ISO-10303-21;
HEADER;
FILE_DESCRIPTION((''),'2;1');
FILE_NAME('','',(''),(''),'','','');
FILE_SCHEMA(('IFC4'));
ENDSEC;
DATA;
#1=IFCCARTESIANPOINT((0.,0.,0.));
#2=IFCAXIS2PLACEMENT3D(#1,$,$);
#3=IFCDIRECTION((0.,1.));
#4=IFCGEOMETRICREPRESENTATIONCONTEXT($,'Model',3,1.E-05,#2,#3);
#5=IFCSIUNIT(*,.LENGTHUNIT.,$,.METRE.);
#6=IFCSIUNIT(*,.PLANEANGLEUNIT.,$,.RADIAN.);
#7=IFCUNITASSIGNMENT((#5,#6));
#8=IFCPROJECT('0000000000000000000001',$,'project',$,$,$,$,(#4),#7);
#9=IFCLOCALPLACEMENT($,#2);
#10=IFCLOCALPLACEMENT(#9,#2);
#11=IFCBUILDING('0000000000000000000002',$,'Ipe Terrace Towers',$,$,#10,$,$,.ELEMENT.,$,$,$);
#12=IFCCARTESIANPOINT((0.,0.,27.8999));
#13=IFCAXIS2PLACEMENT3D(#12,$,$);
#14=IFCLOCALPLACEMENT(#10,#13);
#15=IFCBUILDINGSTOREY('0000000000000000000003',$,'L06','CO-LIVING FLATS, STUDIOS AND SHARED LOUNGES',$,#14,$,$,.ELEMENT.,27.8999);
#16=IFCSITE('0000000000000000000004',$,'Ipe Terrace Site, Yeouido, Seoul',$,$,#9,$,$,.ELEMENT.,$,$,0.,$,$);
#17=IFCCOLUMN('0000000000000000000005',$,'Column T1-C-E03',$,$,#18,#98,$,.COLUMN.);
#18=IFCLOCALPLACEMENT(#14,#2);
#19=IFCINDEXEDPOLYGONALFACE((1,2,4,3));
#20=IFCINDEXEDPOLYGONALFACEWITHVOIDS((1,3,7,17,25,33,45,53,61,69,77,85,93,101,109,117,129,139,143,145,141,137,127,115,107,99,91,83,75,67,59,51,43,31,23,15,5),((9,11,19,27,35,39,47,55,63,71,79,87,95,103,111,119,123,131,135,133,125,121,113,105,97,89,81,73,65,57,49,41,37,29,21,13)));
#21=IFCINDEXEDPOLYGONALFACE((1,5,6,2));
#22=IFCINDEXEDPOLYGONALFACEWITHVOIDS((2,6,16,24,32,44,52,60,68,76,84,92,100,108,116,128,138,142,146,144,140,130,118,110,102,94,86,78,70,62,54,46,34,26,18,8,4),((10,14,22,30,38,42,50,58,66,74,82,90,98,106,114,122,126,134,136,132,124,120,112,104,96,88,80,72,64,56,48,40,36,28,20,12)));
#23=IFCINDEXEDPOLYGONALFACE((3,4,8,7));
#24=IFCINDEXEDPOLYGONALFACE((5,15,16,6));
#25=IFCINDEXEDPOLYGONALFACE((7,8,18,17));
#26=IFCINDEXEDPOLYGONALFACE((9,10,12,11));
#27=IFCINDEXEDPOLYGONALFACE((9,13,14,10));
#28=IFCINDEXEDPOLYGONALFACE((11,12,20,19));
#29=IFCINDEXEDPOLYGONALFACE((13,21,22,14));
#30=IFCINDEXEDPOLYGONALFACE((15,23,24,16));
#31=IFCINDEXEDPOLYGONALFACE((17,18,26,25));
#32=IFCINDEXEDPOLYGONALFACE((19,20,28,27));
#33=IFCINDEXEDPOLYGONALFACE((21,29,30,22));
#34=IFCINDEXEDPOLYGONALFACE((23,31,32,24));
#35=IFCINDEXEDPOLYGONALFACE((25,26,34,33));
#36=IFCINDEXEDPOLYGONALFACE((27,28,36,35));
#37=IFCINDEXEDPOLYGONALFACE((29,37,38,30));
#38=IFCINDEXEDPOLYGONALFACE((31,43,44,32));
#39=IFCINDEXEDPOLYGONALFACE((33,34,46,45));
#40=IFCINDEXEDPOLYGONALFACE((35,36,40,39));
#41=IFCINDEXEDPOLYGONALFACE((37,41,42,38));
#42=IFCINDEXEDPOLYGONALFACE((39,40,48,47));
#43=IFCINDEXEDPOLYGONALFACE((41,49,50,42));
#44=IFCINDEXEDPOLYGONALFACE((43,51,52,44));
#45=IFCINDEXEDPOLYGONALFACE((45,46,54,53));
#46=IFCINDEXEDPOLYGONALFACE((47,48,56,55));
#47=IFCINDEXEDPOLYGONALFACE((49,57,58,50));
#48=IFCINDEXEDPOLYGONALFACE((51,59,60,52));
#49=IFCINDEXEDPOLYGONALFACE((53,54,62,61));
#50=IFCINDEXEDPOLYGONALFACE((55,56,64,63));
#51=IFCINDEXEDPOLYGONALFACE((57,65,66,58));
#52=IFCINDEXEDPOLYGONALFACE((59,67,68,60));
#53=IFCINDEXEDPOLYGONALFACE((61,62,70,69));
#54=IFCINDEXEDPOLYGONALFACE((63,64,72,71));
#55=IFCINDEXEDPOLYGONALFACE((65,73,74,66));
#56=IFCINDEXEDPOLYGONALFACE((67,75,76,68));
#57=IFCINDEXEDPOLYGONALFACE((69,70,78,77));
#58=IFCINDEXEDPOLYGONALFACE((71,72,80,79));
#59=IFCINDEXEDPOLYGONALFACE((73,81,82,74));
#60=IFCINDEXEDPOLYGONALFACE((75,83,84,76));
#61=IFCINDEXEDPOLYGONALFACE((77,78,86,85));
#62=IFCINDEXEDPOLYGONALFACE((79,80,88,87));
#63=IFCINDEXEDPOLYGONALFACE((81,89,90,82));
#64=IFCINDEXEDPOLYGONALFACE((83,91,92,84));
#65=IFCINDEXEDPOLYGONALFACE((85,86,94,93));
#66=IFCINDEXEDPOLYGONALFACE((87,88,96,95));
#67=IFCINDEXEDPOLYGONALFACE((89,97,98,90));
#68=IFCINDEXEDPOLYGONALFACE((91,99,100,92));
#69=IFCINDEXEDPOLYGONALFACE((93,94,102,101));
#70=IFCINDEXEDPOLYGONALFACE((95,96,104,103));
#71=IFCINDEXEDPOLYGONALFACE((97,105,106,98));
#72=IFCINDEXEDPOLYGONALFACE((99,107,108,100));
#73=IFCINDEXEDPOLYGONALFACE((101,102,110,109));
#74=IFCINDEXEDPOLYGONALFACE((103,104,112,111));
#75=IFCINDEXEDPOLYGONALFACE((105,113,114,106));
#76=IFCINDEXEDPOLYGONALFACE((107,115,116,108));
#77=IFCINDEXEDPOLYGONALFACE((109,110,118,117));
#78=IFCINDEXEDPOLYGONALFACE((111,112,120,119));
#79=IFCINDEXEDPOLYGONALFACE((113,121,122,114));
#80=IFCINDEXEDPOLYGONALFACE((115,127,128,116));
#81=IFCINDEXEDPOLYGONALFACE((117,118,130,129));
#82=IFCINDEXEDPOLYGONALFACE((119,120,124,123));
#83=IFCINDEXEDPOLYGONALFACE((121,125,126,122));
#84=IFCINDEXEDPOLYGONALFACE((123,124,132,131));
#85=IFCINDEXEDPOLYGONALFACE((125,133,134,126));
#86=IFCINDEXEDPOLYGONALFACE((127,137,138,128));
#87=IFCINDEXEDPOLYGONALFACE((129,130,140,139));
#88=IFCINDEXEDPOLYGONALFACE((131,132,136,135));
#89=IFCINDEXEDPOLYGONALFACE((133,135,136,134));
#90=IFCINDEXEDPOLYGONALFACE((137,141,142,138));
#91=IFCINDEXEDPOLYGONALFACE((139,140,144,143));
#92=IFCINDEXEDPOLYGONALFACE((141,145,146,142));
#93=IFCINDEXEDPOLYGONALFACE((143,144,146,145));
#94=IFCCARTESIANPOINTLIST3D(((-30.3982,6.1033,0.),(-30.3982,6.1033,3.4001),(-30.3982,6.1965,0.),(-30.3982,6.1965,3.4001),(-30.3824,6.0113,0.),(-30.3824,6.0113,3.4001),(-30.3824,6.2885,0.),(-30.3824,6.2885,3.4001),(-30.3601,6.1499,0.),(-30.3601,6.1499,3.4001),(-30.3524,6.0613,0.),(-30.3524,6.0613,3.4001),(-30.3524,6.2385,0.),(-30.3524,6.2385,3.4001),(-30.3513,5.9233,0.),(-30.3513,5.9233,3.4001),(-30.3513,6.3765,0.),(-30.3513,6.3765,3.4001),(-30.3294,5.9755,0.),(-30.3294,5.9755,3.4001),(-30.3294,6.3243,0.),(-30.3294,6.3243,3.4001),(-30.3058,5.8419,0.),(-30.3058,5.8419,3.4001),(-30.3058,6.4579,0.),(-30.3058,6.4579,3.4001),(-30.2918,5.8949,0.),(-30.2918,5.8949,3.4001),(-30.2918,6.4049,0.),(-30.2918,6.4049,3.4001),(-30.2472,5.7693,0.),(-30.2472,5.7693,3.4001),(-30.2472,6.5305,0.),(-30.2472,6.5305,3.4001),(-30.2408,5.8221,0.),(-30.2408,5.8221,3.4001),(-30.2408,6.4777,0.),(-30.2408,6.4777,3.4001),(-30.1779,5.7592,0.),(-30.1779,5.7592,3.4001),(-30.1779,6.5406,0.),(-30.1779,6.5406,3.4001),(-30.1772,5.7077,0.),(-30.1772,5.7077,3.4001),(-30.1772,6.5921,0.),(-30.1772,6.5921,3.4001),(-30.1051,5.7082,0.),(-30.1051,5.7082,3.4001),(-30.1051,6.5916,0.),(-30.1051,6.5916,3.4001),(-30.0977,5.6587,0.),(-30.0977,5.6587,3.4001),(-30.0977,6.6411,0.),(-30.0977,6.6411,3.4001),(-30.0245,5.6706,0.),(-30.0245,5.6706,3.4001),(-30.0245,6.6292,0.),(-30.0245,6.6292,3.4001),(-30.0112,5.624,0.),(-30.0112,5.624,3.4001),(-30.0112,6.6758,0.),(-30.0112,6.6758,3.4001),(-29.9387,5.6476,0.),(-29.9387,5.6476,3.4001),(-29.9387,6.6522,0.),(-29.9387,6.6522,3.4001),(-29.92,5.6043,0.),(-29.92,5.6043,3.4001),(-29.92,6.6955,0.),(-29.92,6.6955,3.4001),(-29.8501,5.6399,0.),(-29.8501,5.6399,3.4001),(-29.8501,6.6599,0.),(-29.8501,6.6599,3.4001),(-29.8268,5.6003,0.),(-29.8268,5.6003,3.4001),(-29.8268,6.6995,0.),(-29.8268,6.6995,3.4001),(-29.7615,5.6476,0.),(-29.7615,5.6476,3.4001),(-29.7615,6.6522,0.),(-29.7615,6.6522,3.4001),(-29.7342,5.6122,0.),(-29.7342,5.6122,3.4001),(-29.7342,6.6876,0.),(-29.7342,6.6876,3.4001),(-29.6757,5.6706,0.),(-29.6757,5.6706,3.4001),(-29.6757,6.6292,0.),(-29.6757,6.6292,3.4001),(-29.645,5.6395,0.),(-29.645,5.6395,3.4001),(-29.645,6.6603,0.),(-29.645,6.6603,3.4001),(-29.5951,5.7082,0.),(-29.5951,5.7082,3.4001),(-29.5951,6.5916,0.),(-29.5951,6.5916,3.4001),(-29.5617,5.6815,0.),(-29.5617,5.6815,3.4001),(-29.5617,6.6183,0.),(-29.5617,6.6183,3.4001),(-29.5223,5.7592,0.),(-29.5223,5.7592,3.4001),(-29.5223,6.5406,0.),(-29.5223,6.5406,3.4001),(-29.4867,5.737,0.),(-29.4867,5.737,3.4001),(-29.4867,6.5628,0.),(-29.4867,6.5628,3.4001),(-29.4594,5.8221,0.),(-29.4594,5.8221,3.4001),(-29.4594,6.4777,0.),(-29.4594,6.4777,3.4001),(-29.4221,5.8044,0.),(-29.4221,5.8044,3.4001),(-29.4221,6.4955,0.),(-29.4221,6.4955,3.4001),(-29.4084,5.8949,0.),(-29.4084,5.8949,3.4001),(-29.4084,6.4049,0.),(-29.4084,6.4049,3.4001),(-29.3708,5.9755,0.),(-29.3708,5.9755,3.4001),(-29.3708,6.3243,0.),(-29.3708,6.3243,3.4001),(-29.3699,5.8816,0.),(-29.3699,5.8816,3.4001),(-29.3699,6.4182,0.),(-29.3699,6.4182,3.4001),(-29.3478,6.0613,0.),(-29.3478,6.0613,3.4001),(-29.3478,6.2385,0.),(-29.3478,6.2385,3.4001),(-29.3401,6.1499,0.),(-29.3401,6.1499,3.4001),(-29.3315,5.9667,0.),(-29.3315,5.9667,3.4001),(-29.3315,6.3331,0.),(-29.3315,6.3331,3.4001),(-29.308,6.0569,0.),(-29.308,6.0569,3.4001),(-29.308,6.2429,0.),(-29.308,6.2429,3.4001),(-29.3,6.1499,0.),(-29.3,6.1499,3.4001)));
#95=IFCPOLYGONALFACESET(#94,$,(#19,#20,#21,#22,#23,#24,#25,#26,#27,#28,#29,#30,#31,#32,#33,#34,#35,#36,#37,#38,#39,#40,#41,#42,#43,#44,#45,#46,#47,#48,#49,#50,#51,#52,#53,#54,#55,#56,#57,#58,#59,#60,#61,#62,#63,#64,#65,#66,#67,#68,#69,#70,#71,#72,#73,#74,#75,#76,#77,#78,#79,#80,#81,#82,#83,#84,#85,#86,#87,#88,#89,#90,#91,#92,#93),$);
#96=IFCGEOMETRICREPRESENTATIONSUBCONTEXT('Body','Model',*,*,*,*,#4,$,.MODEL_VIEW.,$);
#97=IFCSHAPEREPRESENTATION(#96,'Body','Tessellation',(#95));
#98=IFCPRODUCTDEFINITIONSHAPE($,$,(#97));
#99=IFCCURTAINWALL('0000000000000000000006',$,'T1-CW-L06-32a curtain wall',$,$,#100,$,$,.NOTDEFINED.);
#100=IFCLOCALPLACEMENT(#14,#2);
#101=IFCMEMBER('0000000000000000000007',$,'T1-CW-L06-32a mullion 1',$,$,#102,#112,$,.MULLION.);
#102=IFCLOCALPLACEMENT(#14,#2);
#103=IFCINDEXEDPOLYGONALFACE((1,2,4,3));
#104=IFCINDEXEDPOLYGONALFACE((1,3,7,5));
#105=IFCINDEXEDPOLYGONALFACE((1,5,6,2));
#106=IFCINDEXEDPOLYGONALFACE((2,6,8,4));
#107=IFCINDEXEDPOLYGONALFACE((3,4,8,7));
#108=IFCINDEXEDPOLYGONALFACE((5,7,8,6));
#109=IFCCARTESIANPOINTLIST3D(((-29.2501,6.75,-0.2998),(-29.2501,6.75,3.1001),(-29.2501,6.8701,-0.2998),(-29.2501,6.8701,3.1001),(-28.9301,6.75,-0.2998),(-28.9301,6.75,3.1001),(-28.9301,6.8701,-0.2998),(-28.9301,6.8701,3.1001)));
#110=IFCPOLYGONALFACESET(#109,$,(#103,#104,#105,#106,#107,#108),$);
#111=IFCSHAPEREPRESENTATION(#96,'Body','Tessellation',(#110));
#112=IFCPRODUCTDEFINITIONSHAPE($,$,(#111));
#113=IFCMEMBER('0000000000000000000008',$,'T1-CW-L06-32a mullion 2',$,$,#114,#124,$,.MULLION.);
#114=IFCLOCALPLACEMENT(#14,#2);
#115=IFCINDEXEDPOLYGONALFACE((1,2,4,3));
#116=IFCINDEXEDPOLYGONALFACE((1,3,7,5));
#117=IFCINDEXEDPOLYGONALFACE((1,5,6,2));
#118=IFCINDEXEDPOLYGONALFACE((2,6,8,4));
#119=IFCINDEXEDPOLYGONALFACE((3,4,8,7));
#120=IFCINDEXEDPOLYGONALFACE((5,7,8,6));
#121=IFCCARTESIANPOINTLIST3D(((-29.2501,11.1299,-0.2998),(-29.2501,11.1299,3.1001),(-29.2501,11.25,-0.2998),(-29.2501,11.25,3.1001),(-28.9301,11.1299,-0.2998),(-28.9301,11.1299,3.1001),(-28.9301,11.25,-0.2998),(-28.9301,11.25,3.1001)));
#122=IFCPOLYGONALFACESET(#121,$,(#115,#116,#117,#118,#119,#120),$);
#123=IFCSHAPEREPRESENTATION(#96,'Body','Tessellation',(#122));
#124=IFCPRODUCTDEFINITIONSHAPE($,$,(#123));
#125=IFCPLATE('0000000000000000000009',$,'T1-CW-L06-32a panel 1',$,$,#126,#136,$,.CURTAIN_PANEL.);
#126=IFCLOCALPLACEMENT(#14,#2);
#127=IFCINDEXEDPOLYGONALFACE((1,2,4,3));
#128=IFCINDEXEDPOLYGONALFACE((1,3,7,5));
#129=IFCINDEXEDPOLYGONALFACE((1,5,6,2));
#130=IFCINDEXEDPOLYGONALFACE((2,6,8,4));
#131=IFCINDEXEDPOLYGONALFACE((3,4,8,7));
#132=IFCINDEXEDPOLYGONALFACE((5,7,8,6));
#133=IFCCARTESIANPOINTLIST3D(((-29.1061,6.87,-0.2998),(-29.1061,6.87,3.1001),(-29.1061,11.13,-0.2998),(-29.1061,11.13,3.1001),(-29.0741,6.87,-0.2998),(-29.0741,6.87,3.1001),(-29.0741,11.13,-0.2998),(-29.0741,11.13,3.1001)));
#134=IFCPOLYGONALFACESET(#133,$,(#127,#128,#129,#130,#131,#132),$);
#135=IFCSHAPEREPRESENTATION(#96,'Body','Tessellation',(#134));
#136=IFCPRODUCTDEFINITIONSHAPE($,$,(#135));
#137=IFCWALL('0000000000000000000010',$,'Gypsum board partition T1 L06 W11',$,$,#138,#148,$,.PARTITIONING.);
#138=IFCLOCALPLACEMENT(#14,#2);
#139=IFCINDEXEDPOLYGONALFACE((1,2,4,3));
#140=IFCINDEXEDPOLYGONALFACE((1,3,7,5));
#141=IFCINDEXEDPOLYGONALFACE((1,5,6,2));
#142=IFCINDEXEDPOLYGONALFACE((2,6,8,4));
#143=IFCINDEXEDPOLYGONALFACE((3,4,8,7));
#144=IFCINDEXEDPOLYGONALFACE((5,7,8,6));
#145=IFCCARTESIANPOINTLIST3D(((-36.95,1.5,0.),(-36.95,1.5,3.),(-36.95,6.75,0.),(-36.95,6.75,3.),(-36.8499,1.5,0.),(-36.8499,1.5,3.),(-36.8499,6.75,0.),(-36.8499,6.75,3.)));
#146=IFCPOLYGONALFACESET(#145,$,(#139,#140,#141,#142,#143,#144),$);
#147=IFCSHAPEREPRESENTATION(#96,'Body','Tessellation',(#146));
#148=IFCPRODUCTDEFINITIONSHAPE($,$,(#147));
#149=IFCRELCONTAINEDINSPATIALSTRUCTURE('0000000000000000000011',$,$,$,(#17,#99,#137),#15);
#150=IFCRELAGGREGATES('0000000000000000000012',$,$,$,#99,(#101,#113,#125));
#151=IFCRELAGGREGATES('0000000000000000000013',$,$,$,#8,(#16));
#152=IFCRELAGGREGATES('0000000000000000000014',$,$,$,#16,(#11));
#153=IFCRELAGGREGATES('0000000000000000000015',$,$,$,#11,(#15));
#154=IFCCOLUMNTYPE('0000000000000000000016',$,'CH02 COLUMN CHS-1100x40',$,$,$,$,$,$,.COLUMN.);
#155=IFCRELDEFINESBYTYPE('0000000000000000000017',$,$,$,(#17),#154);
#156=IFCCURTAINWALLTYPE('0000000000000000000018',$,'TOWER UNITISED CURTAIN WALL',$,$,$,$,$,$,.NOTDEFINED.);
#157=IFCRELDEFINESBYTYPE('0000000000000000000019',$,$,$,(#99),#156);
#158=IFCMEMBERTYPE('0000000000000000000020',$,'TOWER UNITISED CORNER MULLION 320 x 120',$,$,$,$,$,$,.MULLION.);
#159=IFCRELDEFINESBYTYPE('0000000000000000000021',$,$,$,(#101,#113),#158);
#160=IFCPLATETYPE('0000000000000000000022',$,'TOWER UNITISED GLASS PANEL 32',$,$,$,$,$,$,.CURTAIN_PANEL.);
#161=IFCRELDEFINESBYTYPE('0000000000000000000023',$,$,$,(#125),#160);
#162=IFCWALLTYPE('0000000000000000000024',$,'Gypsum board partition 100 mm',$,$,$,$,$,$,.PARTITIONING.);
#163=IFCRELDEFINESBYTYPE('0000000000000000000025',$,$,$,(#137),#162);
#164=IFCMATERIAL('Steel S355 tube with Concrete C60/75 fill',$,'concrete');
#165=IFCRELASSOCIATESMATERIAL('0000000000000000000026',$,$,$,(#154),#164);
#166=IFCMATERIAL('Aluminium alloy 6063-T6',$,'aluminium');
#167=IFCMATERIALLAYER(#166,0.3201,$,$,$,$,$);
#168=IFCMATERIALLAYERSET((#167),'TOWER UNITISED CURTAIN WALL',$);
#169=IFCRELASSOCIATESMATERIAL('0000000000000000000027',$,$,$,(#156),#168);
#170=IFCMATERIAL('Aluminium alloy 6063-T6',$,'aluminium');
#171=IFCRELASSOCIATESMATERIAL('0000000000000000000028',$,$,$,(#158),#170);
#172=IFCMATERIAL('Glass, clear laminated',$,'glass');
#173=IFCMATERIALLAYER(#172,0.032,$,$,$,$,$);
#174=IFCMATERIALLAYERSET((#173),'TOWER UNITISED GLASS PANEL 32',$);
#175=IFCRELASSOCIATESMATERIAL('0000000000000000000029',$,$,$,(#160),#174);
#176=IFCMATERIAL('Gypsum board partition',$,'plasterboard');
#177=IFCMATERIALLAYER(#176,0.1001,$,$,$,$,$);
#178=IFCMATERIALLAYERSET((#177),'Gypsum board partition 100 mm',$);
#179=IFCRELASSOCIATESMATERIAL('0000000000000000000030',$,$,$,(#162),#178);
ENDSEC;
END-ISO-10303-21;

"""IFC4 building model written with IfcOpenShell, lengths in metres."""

from ifc_helpers import new_model, si_unit, direction, frame, frame_2d, origin, origin_2d, place, context, subcontext, project, spatial, rectangle, hollow_circle, extrude, material, layer, layer_set, material_profile, profile_set, type_object, element, aggregate, save


model = new_model("IFC4")

# Units and contexts
model_context = context("Model", 3, precision=1e-05, world=origin(), true_north=direction((0.0, 1.0)))
body_context = subcontext(model_context, "Body", "Model", "MODEL_VIEW")
ifc_project = project(units=[si_unit("LENGTHUNIT", "METRE"), si_unit("PLANEANGLEUNIT", "RADIAN")], contexts=[model_context])

# Site, building, storey
site_placement = place(None, origin())
site = spatial("IfcSite", under=ifc_project, at=site_placement, Name="Ipe Terrace Site, Yeouido, Seoul", CompositionType="ELEMENT", RefElevation=0.0)
building_placement = place(site_placement, origin())
building = spatial("IfcBuilding", under=site, at=building_placement, Name="Ipe Terrace Towers", CompositionType="ELEMENT")
storey_placement = place(building_placement, frame((0.0, 0.0, 27.8999)))
storey = spatial("IfcBuildingStorey", under=building, at=storey_placement, Name="L06", Description="CO-LIVING FLATS, STUDIOS AND SHARED LOUNGES", CompositionType="ELEMENT", Elevation=27.8999)

# Column
ifc_material_1 = material(Name="Steel S355 tube with Concrete C60/75 fill", Category="concrete")
ifc_material_profile_1 = material_profile(ifc_material_1, hollow_circle(Radius=0.55, WallThickness=0.04, at=origin_2d()), Name="CHS-1100x40")
ifc_profile_set_1 = profile_set([ifc_material_profile_1], Name="Steel S355 tube with Concrete C60/75 fill")
column_type = type_object("IfcColumnType", Name="CH02 COLUMN CHS-1100x40", PredefinedType="COLUMN", material=ifc_profile_set_1)
column_placement = place(storey_placement, frame((-29.8501, 6.1499, 0.0), z_axis=(0.0, 0.0, 1.0), x_axis=(1.0, 0.0, 0.0)))
element("IfcColumn", 1, at=column_placement, inside=storey, type_object=column_type, Name="Column T1-C-E03", PredefinedType="COLUMN", context=body_context, shape_type="SweptSolid", body=[
    extrude(hollow_circle(Radius=0.55, WallThickness=0.04, at=origin_2d()), origin(), (0.0, 0.0, 1.0), 3.4001),
])

# Curtain wall, members, plate
ifc_material_2 = material(Name="Aluminium alloy 6063-T6", Category="aluminium")
ifc_layer_1 = layer(ifc_material_2, 0.3201)
ifc_layer_set_1 = layer_set([ifc_layer_1], Name="TOWER UNITISED CURTAIN WALL")
curtain_wall_type = type_object("IfcCurtainWallType", Name="TOWER UNITISED CURTAIN WALL", PredefinedType="NOTDEFINED", material=ifc_layer_set_1)
curtain_wall_placement = place(storey_placement, origin())
curtain_wall = element("IfcCurtainWall", 2, at=curtain_wall_placement, inside=storey, type_object=curtain_wall_type, Name="T1-CW-L06-32a curtain wall", PredefinedType="NOTDEFINED")
ifc_material_3 = material(Name="Aluminium alloy 6063-T6", Category="aluminium")
ifc_material_profile_2 = material_profile(ifc_material_3, rectangle(XDim=0.3201, YDim=0.1201, at=origin_2d()), Name="TOWER UNITISED CORNER MULLION 320 x 120")
ifc_profile_set_2 = profile_set([ifc_material_profile_2], Name="Aluminium alloy 6063-T6")
member_type = type_object("IfcMemberType", Name="TOWER UNITISED CORNER MULLION 320 x 120", PredefinedType="MULLION", material=ifc_profile_set_2)
member_1_placement = place(storey_placement, frame((-29.0901, 6.8101, -0.2998), z_axis=(0.0, 0.0, 1.0), x_axis=(1.0, 0.0, 0.0)))
member_1 = element("IfcMember", 3, at=member_1_placement, type_object=member_type, Name="T1-CW-L06-32a mullion 1", PredefinedType="MULLION", context=body_context, shape_type="SweptSolid", body=[
    extrude(rectangle(XDim=0.3201, YDim=0.1201, at=origin_2d()), origin(), (0.0, 0.0, 1.0), 3.3999),
])
member_2_placement = place(storey_placement, frame((-29.0901, 11.1899, -0.2998), z_axis=(0.0, 0.0, 1.0), x_axis=(1.0, 0.0, 0.0)))
member_2 = element("IfcMember", 4, at=member_2_placement, type_object=member_type, Name="T1-CW-L06-32a mullion 2", PredefinedType="MULLION", context=body_context, shape_type="SweptSolid", body=[
    extrude(rectangle(XDim=0.3201, YDim=0.1201, at=origin_2d()), origin(), (0.0, 0.0, 1.0), 3.3999),
])
ifc_material_4 = material(Name="Glass, clear laminated", Category="glass")
ifc_layer_2 = layer(ifc_material_4, 0.032)
ifc_layer_set_2 = layer_set([ifc_layer_2], Name="TOWER UNITISED GLASS PANEL 32")
plate_type = type_object("IfcPlateType", Name="TOWER UNITISED GLASS PANEL 32", PredefinedType="CURTAIN_PANEL", material=ifc_layer_set_2)
plate_placement = place(storey_placement, frame((-29.0901, 9.0, -0.2998), z_axis=(0.0, 0.0, 1.0), x_axis=(0.0, 1.0, 0.0)))
plate = element("IfcPlate", 5, at=plate_placement, type_object=plate_type, Name="T1-CW-L06-32a panel 1", PredefinedType="CURTAIN_PANEL", context=body_context, shape_type="SweptSolid", body=[
    extrude(rectangle(XDim=4.26, YDim=0.032, at=origin_2d()), origin(), (0.0, 0.0, 1.0), 3.3999),
])
aggregate(curtain_wall, [member_1, member_2, plate])

# Wall
ifc_material_5 = material(Name="Gypsum board partition", Category="plasterboard")
ifc_layer_3 = layer(ifc_material_5, 0.1001)
ifc_layer_set_3 = layer_set([ifc_layer_3], Name="Gypsum board partition 100 mm")
wall_type = type_object("IfcWallType", Name="Gypsum board partition 100 mm", PredefinedType="PARTITIONING", material=ifc_layer_set_3)
wall_1_placement = place(storey_placement, frame((-36.8999, 1.5, 0.0), z_axis=(0.0, 0.0, 1.0), x_axis=(0.0, 1.0, 0.0)))
element("IfcWall", 6, at=wall_1_placement, inside=storey, type_object=wall_type, Name="Gypsum board partition T1 L06 W11", PredefinedType="PARTITIONING", context=body_context, shape_type="SweptSolid", body=[
    extrude(rectangle(XDim=5.25, YDim=0.1001, at=frame_2d((2.625, 0.0))), origin(), (0.0, 0.0, 1.0), 3.0),
])

save(model, "model.ifc")
